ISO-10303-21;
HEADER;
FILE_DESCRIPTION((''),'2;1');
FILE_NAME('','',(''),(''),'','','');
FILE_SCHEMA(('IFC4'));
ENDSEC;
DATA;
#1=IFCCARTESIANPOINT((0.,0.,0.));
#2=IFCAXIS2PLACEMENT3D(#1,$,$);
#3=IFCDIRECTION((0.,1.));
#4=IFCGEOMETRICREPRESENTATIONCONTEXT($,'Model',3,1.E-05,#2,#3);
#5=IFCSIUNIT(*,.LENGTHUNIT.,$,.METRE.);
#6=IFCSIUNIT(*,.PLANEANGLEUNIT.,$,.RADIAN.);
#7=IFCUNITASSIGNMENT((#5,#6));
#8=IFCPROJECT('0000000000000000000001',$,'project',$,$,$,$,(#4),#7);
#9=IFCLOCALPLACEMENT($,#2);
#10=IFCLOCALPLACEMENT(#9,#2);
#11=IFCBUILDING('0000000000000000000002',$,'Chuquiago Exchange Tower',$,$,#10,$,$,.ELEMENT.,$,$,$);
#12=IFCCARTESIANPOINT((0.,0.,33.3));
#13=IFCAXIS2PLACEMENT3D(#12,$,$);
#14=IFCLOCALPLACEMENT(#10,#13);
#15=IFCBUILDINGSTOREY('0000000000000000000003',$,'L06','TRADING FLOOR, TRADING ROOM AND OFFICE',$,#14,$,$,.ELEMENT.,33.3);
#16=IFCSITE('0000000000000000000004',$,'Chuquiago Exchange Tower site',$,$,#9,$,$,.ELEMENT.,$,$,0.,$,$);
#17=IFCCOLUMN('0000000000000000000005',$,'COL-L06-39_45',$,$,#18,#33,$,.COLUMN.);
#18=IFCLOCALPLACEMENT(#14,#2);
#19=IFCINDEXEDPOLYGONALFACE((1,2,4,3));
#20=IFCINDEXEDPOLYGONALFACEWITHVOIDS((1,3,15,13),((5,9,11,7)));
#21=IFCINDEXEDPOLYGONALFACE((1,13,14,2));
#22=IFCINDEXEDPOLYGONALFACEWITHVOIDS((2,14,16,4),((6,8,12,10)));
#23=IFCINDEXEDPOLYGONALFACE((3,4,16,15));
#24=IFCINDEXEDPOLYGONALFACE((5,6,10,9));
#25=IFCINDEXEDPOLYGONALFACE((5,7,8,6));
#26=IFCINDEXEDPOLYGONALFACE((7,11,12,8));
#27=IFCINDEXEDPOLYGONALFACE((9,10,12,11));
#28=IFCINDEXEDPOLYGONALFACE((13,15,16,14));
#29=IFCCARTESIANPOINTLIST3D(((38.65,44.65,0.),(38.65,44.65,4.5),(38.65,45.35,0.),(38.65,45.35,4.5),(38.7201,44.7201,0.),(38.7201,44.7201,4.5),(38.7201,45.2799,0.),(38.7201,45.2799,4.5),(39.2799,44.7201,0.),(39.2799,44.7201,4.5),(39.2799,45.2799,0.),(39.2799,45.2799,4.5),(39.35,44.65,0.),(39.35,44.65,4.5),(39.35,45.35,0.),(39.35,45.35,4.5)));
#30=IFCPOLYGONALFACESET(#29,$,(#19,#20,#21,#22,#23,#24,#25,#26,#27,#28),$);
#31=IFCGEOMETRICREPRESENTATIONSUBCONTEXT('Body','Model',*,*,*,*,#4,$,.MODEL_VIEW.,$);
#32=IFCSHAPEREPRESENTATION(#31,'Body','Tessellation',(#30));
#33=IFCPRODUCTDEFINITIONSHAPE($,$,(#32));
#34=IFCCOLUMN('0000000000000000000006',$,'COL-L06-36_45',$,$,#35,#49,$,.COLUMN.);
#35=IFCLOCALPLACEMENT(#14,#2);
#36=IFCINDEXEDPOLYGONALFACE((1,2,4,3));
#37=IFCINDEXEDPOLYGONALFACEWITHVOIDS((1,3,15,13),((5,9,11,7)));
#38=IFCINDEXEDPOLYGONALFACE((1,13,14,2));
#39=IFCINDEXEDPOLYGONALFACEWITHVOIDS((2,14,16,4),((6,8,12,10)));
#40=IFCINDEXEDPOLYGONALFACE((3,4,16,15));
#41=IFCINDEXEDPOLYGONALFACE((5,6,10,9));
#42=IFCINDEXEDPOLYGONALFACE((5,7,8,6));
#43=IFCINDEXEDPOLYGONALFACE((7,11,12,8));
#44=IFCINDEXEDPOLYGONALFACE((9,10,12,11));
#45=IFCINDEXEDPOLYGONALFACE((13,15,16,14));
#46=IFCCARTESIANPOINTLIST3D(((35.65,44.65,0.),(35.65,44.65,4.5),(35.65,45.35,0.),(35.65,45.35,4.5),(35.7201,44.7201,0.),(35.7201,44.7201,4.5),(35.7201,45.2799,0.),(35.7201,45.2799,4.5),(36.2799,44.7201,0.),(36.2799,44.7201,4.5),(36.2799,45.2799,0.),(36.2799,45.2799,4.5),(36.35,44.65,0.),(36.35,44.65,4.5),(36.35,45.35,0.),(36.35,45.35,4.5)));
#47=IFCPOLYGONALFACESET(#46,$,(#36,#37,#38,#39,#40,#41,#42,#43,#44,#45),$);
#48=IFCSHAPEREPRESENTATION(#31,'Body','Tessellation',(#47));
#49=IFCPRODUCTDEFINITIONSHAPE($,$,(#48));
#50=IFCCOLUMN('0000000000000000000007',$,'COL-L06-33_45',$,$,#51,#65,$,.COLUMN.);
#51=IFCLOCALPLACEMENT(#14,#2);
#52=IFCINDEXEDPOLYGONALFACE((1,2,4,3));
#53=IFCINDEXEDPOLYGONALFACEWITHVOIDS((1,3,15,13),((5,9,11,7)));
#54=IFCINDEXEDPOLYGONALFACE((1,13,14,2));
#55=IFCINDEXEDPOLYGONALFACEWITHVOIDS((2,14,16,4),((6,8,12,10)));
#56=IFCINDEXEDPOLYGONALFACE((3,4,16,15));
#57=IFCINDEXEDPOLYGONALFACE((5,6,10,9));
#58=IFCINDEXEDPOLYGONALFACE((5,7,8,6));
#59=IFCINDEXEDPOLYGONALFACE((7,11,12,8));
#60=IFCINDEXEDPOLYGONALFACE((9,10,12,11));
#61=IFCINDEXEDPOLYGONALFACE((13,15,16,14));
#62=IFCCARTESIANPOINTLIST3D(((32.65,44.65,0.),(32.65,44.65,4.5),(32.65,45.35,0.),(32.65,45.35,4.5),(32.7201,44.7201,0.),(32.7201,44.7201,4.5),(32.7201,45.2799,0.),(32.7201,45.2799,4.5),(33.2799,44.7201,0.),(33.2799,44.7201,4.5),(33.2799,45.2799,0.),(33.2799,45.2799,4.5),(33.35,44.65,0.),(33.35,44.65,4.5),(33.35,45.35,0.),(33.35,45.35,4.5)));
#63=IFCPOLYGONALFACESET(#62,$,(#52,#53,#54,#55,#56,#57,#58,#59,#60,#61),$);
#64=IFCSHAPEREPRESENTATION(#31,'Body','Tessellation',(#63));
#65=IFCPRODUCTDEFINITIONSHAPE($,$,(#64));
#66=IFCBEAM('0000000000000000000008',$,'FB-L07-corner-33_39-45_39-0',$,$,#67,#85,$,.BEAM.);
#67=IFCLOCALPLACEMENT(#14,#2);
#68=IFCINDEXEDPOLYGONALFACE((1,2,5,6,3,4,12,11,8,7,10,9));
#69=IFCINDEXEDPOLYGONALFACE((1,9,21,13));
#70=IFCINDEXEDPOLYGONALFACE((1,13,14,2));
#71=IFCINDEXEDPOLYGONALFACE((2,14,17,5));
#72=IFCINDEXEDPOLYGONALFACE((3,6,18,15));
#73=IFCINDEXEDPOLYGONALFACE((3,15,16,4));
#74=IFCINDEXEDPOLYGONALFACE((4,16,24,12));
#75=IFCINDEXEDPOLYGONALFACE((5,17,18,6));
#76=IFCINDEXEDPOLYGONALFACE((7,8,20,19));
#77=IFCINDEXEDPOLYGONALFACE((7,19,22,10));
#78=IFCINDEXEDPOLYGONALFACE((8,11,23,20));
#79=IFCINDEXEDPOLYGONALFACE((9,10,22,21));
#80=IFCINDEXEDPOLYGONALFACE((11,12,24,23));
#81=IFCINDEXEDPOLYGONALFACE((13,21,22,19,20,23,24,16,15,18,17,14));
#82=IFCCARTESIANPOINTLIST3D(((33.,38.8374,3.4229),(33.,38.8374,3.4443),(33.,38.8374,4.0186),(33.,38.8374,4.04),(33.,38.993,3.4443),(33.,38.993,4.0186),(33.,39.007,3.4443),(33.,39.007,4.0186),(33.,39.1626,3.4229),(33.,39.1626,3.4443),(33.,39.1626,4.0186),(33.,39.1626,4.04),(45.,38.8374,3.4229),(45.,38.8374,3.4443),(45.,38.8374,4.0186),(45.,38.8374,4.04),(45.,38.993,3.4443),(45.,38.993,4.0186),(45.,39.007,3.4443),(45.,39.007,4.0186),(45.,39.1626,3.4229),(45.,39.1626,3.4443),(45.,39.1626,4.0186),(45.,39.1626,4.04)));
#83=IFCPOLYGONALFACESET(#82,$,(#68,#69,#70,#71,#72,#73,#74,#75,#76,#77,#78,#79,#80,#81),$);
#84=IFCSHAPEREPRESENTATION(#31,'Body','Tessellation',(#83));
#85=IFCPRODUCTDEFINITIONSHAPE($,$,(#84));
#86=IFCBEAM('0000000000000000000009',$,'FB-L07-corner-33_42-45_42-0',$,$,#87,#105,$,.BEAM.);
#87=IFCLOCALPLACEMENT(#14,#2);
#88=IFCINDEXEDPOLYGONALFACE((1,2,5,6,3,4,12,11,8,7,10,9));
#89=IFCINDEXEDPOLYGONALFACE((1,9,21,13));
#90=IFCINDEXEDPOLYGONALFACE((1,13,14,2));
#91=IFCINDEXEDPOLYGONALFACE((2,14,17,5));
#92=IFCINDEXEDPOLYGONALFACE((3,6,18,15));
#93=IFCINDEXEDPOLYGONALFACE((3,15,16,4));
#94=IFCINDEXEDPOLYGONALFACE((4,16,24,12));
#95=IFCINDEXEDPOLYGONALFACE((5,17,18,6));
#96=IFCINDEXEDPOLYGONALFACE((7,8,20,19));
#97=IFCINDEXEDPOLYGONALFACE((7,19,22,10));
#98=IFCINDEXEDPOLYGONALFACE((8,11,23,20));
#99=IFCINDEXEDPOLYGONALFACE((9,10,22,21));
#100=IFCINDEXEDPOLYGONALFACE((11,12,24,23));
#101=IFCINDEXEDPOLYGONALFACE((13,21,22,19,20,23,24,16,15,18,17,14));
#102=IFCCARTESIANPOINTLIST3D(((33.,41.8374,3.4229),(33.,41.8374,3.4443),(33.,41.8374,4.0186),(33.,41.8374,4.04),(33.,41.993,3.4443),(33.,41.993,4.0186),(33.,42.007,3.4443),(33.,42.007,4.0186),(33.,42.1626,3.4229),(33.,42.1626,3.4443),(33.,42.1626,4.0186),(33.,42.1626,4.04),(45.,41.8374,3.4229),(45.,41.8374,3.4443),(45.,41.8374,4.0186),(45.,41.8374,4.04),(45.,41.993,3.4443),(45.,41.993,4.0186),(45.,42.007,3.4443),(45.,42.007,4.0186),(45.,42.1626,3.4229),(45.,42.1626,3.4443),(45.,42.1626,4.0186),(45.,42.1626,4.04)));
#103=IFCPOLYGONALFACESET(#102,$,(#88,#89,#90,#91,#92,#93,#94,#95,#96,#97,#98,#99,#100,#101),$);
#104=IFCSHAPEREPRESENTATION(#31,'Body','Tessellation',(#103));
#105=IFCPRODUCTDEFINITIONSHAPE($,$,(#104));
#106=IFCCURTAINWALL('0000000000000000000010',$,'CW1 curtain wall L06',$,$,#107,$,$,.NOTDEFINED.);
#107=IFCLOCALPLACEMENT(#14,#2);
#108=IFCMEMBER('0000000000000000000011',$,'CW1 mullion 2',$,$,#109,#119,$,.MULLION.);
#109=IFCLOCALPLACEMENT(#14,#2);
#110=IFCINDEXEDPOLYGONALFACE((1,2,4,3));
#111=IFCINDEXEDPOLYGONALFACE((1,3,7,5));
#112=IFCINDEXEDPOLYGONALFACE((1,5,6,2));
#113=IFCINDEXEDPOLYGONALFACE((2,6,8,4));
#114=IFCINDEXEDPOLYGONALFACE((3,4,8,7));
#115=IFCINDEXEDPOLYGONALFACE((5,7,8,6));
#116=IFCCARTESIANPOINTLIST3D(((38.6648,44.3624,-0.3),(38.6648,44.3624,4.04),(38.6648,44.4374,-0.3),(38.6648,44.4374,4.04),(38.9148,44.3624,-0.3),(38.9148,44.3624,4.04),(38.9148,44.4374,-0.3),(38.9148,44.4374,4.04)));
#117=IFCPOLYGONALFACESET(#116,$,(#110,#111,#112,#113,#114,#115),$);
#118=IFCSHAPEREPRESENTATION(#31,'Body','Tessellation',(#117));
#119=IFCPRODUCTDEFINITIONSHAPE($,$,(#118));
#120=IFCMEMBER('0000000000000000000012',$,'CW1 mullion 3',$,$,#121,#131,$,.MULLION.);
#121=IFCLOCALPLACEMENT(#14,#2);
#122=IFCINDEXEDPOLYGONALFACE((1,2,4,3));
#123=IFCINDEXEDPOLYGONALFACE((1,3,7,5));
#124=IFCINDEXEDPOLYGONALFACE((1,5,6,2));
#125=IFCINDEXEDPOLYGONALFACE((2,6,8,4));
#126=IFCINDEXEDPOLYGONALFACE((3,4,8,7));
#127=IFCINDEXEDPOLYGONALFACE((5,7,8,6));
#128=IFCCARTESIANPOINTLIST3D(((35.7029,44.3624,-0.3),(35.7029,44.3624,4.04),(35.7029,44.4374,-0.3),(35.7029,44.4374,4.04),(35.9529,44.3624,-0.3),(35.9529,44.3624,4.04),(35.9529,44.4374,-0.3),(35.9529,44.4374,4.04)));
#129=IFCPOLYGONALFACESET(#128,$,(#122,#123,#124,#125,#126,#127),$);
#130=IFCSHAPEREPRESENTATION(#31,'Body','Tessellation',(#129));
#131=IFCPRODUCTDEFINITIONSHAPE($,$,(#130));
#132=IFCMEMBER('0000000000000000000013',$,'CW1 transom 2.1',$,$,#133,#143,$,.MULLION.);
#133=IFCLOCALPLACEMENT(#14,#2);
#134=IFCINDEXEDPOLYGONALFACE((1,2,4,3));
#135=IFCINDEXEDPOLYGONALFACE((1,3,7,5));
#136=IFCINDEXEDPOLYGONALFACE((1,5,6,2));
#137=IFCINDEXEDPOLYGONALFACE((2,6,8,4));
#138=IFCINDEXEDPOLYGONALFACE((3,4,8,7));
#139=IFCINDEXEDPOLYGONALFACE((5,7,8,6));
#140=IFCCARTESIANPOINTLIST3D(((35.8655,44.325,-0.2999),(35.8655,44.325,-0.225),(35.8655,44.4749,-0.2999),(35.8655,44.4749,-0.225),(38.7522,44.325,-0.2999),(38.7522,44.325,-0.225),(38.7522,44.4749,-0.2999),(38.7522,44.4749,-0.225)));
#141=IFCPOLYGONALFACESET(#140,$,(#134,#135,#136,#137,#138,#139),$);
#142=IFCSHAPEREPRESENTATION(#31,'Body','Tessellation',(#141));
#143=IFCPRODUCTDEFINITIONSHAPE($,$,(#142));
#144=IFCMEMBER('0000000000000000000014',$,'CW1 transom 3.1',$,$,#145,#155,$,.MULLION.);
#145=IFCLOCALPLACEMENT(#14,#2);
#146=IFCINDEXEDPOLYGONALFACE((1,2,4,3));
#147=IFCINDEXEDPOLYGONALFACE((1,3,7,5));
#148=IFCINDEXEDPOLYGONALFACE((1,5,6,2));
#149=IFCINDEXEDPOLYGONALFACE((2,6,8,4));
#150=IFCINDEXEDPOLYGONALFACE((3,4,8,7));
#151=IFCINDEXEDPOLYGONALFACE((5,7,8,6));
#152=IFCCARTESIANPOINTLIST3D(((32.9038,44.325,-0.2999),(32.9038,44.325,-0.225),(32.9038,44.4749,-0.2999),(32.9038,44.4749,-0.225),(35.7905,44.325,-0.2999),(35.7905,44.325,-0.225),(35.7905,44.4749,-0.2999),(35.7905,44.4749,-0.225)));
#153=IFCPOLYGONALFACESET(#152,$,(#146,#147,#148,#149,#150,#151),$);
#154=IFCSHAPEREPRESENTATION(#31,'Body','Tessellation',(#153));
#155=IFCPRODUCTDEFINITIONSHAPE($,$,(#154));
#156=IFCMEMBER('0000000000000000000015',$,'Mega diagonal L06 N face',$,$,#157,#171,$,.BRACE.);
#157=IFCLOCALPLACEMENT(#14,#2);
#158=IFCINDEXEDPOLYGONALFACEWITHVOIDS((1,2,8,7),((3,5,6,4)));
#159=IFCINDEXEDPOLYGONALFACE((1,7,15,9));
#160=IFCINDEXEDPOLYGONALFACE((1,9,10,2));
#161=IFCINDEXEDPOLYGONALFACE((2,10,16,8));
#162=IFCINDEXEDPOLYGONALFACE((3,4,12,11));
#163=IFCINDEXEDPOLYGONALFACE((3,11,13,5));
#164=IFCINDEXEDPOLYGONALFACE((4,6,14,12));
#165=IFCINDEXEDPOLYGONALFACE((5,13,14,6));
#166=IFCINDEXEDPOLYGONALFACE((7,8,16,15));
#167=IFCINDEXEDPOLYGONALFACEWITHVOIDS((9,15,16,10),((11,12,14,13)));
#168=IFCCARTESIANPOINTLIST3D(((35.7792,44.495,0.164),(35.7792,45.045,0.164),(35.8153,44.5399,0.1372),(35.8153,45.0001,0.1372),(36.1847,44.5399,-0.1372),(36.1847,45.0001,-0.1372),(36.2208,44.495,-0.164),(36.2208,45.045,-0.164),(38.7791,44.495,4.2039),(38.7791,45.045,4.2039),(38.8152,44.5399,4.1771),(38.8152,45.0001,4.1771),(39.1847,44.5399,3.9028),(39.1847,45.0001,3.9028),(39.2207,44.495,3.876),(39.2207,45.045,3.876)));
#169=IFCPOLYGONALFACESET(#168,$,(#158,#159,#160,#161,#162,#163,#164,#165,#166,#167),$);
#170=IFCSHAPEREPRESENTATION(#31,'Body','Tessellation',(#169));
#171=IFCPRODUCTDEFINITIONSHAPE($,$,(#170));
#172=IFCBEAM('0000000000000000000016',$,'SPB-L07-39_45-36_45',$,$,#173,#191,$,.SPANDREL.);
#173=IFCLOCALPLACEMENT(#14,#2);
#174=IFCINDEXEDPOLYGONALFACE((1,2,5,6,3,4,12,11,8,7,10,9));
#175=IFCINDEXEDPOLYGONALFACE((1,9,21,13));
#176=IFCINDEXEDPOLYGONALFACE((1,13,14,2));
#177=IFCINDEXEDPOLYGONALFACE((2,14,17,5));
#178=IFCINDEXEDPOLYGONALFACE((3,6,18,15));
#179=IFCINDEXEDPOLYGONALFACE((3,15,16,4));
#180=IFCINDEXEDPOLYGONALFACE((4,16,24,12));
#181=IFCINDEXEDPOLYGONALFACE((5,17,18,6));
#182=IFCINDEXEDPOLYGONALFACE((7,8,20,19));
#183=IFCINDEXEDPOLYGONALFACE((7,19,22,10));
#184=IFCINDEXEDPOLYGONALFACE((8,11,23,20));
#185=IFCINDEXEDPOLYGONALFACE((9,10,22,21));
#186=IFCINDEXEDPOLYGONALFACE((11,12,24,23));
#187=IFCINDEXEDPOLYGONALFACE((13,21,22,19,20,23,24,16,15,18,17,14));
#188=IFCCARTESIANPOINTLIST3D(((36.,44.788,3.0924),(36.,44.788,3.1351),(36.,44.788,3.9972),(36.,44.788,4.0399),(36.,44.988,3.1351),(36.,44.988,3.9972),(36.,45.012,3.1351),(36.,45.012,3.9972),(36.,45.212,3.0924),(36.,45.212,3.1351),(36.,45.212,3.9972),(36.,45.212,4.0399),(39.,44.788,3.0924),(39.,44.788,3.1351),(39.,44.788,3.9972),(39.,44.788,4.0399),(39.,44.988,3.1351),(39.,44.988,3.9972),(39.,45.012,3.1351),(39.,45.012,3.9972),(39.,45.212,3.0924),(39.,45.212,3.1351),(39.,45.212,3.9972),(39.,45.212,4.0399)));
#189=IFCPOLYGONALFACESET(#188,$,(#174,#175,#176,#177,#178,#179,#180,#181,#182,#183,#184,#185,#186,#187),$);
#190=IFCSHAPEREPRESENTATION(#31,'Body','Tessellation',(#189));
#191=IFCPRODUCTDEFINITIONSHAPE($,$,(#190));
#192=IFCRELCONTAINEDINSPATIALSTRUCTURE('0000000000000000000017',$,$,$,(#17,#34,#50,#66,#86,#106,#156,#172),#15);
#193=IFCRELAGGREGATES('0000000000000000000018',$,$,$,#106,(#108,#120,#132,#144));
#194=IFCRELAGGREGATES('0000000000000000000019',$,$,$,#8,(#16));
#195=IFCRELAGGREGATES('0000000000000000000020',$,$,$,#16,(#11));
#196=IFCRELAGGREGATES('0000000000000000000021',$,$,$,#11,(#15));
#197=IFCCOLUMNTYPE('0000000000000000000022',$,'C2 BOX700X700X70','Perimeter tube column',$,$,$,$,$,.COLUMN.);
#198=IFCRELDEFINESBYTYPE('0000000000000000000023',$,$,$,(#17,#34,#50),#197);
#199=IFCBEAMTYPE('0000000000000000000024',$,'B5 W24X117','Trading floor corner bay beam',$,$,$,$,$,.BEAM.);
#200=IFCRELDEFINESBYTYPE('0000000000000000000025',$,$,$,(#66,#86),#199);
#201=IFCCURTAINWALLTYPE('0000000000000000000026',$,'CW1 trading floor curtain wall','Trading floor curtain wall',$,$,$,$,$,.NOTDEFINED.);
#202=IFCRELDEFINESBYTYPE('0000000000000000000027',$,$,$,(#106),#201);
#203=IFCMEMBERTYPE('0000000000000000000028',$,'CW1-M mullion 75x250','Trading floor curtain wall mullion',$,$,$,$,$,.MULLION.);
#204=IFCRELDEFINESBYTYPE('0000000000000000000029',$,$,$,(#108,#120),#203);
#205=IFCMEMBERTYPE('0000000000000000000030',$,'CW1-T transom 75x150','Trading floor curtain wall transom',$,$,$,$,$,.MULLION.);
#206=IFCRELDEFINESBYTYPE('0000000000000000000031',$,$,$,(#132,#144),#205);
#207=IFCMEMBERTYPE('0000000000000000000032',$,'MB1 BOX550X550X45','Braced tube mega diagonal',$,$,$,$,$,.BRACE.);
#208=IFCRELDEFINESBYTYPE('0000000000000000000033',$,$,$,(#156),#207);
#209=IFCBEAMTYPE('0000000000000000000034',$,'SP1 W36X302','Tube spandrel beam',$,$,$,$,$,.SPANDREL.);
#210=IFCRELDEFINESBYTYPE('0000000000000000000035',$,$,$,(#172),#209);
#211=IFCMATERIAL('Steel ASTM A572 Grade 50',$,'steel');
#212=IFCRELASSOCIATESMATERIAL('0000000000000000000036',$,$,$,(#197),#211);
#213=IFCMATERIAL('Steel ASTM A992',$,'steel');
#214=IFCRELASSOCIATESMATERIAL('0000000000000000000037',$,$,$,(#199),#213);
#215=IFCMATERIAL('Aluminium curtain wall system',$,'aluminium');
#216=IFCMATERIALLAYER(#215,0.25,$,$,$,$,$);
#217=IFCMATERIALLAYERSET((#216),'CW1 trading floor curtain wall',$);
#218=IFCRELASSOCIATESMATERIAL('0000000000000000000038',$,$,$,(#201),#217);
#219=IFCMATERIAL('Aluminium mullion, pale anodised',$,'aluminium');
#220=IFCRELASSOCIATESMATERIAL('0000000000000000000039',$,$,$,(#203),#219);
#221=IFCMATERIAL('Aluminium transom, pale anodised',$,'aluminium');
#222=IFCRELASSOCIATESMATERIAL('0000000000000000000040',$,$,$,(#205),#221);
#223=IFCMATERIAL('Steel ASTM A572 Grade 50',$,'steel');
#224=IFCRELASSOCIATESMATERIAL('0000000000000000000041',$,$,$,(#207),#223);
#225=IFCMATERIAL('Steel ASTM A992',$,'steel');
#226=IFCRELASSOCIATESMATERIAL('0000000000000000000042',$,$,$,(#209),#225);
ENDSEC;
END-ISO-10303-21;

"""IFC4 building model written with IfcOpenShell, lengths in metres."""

from ifc_helpers import new_model, si_unit, direction, frame, origin, origin_2d, place, context, subcontext, project, spatial, rectangle, hollow_rectangle, i_section, extrude, material, layer, layer_set, material_profile, profile_set, type_object, element, aggregate, save


model = new_model("IFC4")

# Units and contexts
model_context = context("Model", 3, precision=1e-05, world=origin(), true_north=direction((0.0, 1.0)))
body_context = subcontext(model_context, "Body", "Model", "MODEL_VIEW")
ifc_project = project(units=[si_unit("LENGTHUNIT", "METRE"), si_unit("PLANEANGLEUNIT", "RADIAN")], contexts=[model_context])

# Site, building, storey
site_placement = place(None, origin())
site = spatial("IfcSite", under=ifc_project, at=site_placement, Name="Chuquiago Exchange Tower site", CompositionType="ELEMENT", RefElevation=0.0)
building_placement = place(site_placement, origin())
building = spatial("IfcBuilding", under=site, at=building_placement, Name="Chuquiago Exchange Tower", CompositionType="ELEMENT")
storey_placement = place(building_placement, frame((0.0, 0.0, 33.3)))
storey = spatial("IfcBuildingStorey", under=building, at=storey_placement, Name="L06", Description="TRADING FLOOR, TRADING ROOM AND OFFICE", CompositionType="ELEMENT", Elevation=33.3)

# Columns
ifc_material_1 = material(Name="Steel ASTM A572 Grade 50", Category="steel")
ifc_material_profile_1 = material_profile(ifc_material_1, hollow_rectangle(XDim=0.7, YDim=0.7, WallThickness=0.0701, at=origin_2d()), Name="BOX700X700X70")
ifc_profile_set_1 = profile_set([ifc_material_profile_1], Name="Steel ASTM A572 Grade 50")
column_type = type_object("IfcColumnType", Name="C2 BOX700X700X70", Description="Perimeter tube column", PredefinedType="COLUMN", material=ifc_profile_set_1)
for number, where, z_axis, x_axis, name in (
    (1, (39.0, 45.0, 0.0), (0.0, 0.0, 1.0), (0.0, 1.0, 0.0), "COL-L06-39_45"),
    (2, (36.0, 45.0, 0.0), (0.0, 0.0, 1.0), (0.0, 1.0, 0.0), "COL-L06-36_45"),
    (3, (33.0, 45.0, 0.0), (0.0, 0.0, 1.0), (0.0, 1.0, 0.0), "COL-L06-33_45"),
):
    element("IfcColumn", number, at=place(storey_placement, frame(where, z_axis=z_axis, x_axis=x_axis)), inside=storey, type_object=column_type, Name=name, PredefinedType="COLUMN", context=body_context, shape_type="SweptSolid", body=[
        extrude(hollow_rectangle(XDim=0.7, YDim=0.7, WallThickness=0.0701, at=origin_2d()), origin(), (0.0, 0.0, 1.0), 4.5),
    ])

# Beams
ifc_material_2 = material(Name="Steel ASTM A992", Category="steel")
ifc_material_profile_2 = material_profile(ifc_material_2, i_section(OverallWidth=0.3252, OverallDepth=0.6172, WebThickness=0.0139, FlangeThickness=0.0215, at=origin_2d()), Name="W24X117")
ifc_profile_set_2 = profile_set([ifc_material_profile_2], Name="Steel ASTM A992")
beam_type_1 = type_object("IfcBeamType", Name="B5 W24X117", Description="Trading floor corner bay beam", PredefinedType="BEAM", material=ifc_profile_set_2)
for number, where, z_axis, x_axis, name in (
    (4, (33.0, 39.0, 3.7314), (1.0, 0.0, 0.0), (0.0, 1.0, 0.0), "FB-L07-corner-33_39-45_39-0"),
    (5, (33.0, 42.0, 3.7314), (1.0, 0.0, 0.0), (0.0, 1.0, 0.0), "FB-L07-corner-33_42-45_42-0"),
):
    element("IfcBeam", number, at=place(storey_placement, frame(where, z_axis=z_axis, x_axis=x_axis)), inside=storey, type_object=beam_type_1, Name=name, PredefinedType="BEAM", context=body_context, shape_type="SweptSolid", body=[
        extrude(i_section(OverallWidth=0.3252, OverallDepth=0.6172, WebThickness=0.0139, FlangeThickness=0.0215, at=origin_2d()), origin(), (0.0, 0.0, 1.0), 12.0),
    ])

# Curtain wall, members
ifc_material_3 = material(Name="Aluminium curtain wall system", Category="aluminium")
ifc_layer_1 = layer(ifc_material_3, 0.25)
ifc_layer_set_1 = layer_set([ifc_layer_1], Name="CW1 trading floor curtain wall")
curtain_wall_type = type_object("IfcCurtainWallType", Name="CW1 trading floor curtain wall", Description="Trading floor curtain wall", PredefinedType="NOTDEFINED", material=ifc_layer_set_1)
curtain_wall_placement = place(storey_placement, origin())
curtain_wall = element("IfcCurtainWall", 6, at=curtain_wall_placement, inside=storey, type_object=curtain_wall_type, Name="CW1 curtain wall L06", PredefinedType="NOTDEFINED")
ifc_material_4 = material(Name="Aluminium mullion, pale anodised", Category="aluminium")
ifc_material_profile_3 = material_profile(ifc_material_4, rectangle(XDim=0.075, YDim=0.25, at=origin_2d()), Name="AL 75x250")
ifc_profile_set_3 = profile_set([ifc_material_profile_3], Name="Aluminium mullion, pale anodised")
member_type_1 = type_object("IfcMemberType", Name="CW1-M mullion 75x250", Description="Trading floor curtain wall mullion", PredefinedType="MULLION", material=ifc_profile_set_3)
member_1_placement = place(storey_placement, frame((38.7898, 44.3999, -0.3), z_axis=(0.0, 0.0, 1.0), x_axis=(0.0, -1.0, 0.0)))
member_1 = element("IfcMember", 7, at=member_1_placement, type_object=member_type_1, Name="CW1 mullion 2", PredefinedType="MULLION", context=body_context, shape_type="SweptSolid", body=[
    extrude(rectangle(XDim=0.075, YDim=0.25, at=origin_2d()), origin(), (0.0, 0.0, 1.0), 4.3401),
])
member_2_placement = place(storey_placement, frame((35.8279, 44.3999, -0.3), z_axis=(0.0, 0.0, 1.0), x_axis=(0.0, -1.0, 0.0)))
member_2 = element("IfcMember", 8, at=member_2_placement, type_object=member_type_1, Name="CW1 mullion 3", PredefinedType="MULLION", context=body_context, shape_type="SweptSolid", body=[
    extrude(rectangle(XDim=0.075, YDim=0.25, at=origin_2d()), origin(), (0.0, 0.0, 1.0), 4.3401),
])
ifc_material_5 = material(Name="Aluminium transom, pale anodised", Category="aluminium")
ifc_material_profile_4 = material_profile(ifc_material_5, rectangle(XDim=0.1499, YDim=0.075, at=origin_2d()), Name="AL 150x75")
ifc_profile_set_4 = profile_set([ifc_material_profile_4], Name="Aluminium transom, pale anodised")
member_type_2 = type_object("IfcMemberType", Name="CW1-T transom 75x150", Description="Trading floor curtain wall transom", PredefinedType="MULLION", material=ifc_profile_set_4)
member_3_placement = place(storey_placement, frame((38.7522, 44.3999, -0.2625), z_axis=(-1.0, 0.0, 0.0), x_axis=(0.0, -1.0, 0.0)))
member_3 = element("IfcMember", 9, at=member_3_placement, type_object=member_type_2, Name="CW1 transom 2.1", PredefinedType="MULLION", context=body_context, shape_type="SweptSolid", body=[
    extrude(rectangle(XDim=0.1499, YDim=0.075, at=origin_2d()), origin(), (0.0, 0.0, 1.0), 2.8867),
])
member_4_placement = place(storey_placement, frame((35.7905, 44.3999, -0.2625), z_axis=(-1.0, 0.0, 0.0), x_axis=(0.0, -1.0, 0.0)))
member_4 = element("IfcMember", 10, at=member_4_placement, type_object=member_type_2, Name="CW1 transom 3.1", PredefinedType="MULLION", context=body_context, shape_type="SweptSolid", body=[
    extrude(rectangle(XDim=0.1499, YDim=0.075, at=origin_2d()), origin(), (0.0, 0.0, 1.0), 2.8867),
])

# Member
ifc_material_6 = material(Name="Steel ASTM A572 Grade 50", Category="steel")
ifc_material_profile_5 = material_profile(ifc_material_6, hollow_rectangle(XDim=0.55, YDim=0.55, WallThickness=0.0449, at=origin_2d()), Name="BOX550X550X45")
ifc_profile_set_5 = profile_set([ifc_material_profile_5], Name="Steel ASTM A572 Grade 50")
member_type_3 = type_object("IfcMemberType", Name="MB1 BOX550X550X45", Description="Braced tube mega diagonal", PredefinedType="BRACE", material=ifc_profile_set_5)
member_5_placement = place(storey_placement, frame((36.0, 44.77, 0.0), z_axis=(0.596174, 0.0, 0.802855), x_axis=(0.0, 1.0, 0.0)))
element("IfcMember", 11, at=member_5_placement, inside=storey, type_object=member_type_3, Name="Mega diagonal L06 N face", PredefinedType="BRACE", context=body_context, shape_type="SweptSolid", body=[
    extrude(hollow_rectangle(XDim=0.55, YDim=0.55, WallThickness=0.0449, at=origin_2d()), origin(), (0.0, 0.0, 1.0), 5.032),
])

# Beam
ifc_material_7 = material(Name="Steel ASTM A992", Category="steel")
ifc_material_profile_6 = material_profile(ifc_material_7, i_section(OverallWidth=0.4241, OverallDepth=0.9475, WebThickness=0.0239, FlangeThickness=0.0427, at=origin_2d()), Name="W36X302")
ifc_profile_set_6 = profile_set([ifc_material_profile_6], Name="Steel ASTM A992")
beam_type_2 = type_object("IfcBeamType", Name="SP1 W36X302", Description="Tube spandrel beam", PredefinedType="SPANDREL", material=ifc_profile_set_6)
for number, where, z_axis, x_axis, name in (
    (12, (39.0, 45.0, 3.5662), (-1.0, 0.0, 0.0), (0.0, -1.0, 0.0), "SPB-L07-39_45-36_45"),
):
    element("IfcBeam", number, at=place(storey_placement, frame(where, z_axis=z_axis, x_axis=x_axis)), inside=storey, type_object=beam_type_2, Name=name, PredefinedType="SPANDREL", context=body_context, shape_type="SweptSolid", body=[
        extrude(i_section(OverallWidth=0.4241, OverallDepth=0.9475, WebThickness=0.0239, FlangeThickness=0.0427, at=origin_2d()), origin(), (0.0, 0.0, 1.0), 3.0),
    ])

aggregate(curtain_wall, [member_1, member_2, member_3, member_4])

save(model, "model.ifc")
